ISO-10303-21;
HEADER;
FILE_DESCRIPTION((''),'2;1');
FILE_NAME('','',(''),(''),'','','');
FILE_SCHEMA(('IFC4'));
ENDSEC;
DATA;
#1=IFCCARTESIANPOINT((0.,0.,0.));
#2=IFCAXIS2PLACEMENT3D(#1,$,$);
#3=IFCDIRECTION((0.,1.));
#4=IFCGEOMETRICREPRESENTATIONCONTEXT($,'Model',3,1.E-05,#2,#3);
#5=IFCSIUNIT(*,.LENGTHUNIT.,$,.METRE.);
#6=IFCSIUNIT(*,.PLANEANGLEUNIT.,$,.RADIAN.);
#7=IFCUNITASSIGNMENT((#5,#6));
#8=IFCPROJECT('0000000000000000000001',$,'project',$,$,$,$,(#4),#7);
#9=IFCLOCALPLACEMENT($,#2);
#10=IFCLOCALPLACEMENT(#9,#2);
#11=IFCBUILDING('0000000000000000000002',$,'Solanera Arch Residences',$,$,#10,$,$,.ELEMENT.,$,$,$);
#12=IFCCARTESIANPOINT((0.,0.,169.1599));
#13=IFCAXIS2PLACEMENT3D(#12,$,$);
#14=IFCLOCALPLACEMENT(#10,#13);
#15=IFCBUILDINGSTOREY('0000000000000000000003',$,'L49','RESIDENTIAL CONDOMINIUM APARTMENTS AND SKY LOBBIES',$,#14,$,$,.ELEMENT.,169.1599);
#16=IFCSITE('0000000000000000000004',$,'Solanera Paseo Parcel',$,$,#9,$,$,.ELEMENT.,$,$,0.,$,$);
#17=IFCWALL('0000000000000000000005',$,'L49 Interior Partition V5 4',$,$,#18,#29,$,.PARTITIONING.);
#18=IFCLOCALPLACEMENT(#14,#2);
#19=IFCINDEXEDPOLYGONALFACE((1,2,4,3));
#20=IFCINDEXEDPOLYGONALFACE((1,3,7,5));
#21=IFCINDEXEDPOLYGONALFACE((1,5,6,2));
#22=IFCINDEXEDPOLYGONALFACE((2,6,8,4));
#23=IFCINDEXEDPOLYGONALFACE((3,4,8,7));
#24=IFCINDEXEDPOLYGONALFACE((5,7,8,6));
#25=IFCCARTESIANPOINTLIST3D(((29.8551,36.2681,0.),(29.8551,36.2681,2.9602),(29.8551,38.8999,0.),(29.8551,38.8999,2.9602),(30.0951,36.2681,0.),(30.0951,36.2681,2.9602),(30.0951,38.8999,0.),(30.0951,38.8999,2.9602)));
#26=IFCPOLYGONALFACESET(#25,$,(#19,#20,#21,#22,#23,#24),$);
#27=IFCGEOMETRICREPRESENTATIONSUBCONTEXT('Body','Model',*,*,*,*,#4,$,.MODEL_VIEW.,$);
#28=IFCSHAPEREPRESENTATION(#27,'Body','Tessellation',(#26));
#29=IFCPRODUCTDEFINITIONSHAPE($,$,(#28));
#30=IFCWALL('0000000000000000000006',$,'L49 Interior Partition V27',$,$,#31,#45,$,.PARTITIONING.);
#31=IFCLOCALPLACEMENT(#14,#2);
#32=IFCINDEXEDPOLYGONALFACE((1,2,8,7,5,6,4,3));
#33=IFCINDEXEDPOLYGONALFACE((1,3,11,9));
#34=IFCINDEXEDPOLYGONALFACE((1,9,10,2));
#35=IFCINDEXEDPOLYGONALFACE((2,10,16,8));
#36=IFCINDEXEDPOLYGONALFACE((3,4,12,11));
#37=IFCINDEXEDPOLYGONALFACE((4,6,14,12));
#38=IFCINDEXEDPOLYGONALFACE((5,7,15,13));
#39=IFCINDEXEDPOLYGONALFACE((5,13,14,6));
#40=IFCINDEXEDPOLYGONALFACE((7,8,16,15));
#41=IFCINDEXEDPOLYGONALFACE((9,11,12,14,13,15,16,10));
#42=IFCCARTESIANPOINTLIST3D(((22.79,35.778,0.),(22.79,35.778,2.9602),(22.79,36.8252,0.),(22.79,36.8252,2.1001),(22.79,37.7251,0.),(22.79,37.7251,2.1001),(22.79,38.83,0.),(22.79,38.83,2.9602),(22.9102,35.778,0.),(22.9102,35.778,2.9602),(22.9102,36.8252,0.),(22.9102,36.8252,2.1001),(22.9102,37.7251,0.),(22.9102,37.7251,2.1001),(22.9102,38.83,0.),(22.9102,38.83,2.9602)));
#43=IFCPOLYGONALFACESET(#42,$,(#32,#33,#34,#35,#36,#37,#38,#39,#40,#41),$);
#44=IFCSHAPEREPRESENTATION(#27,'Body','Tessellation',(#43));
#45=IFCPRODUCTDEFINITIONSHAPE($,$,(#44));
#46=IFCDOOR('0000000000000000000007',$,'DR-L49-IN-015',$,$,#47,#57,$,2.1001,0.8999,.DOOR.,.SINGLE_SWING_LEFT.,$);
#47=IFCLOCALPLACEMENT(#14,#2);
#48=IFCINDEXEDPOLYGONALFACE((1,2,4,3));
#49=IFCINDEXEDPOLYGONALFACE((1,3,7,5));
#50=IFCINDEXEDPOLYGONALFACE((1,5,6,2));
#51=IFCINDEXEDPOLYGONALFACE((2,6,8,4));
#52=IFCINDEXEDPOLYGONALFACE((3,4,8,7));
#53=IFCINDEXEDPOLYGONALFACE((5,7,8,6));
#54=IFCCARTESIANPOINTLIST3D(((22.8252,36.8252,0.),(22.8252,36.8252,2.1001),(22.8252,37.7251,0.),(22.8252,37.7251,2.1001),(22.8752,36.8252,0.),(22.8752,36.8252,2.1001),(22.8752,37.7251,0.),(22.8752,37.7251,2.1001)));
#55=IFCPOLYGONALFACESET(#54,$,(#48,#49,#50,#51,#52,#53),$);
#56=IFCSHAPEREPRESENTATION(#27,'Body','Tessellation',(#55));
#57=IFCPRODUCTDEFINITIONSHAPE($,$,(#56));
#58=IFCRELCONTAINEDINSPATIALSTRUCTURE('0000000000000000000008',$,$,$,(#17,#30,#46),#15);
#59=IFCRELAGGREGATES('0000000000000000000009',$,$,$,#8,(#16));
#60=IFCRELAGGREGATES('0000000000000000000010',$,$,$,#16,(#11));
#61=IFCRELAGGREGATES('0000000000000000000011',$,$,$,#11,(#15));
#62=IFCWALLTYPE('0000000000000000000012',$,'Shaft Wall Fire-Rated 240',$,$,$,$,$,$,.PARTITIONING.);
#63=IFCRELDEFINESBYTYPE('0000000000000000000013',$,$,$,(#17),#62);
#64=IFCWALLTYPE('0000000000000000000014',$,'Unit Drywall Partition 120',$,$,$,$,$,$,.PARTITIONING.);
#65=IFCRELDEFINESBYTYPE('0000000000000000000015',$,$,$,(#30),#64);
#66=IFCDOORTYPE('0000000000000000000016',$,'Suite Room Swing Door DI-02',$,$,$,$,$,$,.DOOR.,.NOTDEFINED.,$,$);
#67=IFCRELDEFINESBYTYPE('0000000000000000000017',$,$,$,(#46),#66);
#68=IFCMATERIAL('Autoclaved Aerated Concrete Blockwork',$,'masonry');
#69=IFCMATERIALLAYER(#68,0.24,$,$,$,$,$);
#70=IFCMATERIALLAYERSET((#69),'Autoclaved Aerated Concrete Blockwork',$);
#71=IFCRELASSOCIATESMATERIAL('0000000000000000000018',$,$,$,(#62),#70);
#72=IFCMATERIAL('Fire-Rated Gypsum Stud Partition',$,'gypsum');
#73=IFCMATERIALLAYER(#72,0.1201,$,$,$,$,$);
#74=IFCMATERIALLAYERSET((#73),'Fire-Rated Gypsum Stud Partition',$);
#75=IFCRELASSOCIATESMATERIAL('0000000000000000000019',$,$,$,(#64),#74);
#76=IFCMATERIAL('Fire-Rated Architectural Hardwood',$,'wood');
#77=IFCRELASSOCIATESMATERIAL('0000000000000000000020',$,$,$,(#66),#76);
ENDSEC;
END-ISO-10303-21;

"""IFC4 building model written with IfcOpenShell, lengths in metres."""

from ifc_helpers import new_model, si_unit, direction, frame, frame_2d, origin, place, context, subcontext, project, spatial, rectangle, extrude, material, layer, layer_set, type_object, element, fill, save


model = new_model("IFC4")

# Units and contexts
model_context = context("Model", 3, precision=1e-05, world=origin(), true_north=direction((0.0, 1.0)))
body_context = subcontext(model_context, "Body", "Model", "MODEL_VIEW")
ifc_project = project(units=[si_unit("LENGTHUNIT", "METRE"), si_unit("PLANEANGLEUNIT", "RADIAN")], contexts=[model_context])

# Site, building, storey
site_placement = place(None, origin())
site = spatial("IfcSite", under=ifc_project, at=site_placement, Name="Solanera Paseo Parcel", CompositionType="ELEMENT", RefElevation=0.0)
building_placement = place(site_placement, origin())
building = spatial("IfcBuilding", under=site, at=building_placement, Name="Solanera Arch Residences", CompositionType="ELEMENT")
storey_placement = place(building_placement, frame((0.0, 0.0, 169.1599)))
storey = spatial("IfcBuildingStorey", under=building, at=storey_placement, Name="L49", Description="RESIDENTIAL CONDOMINIUM APARTMENTS AND SKY LOBBIES", CompositionType="ELEMENT", Elevation=169.1599)

# Shared definitions
ifc_material_1 = material(Name="Autoclaved Aerated Concrete Blockwork", Category="masonry")
ifc_layer_1 = layer(ifc_material_1, 0.24)
ifc_layer_set_1 = layer_set([ifc_layer_1], Name="Autoclaved Aerated Concrete Blockwork")
wall_type_1 = type_object("IfcWallType", Name="Shaft Wall Fire-Rated 240", PredefinedType="PARTITIONING", material=ifc_layer_set_1)

# Wall
wall_1_placement = place(storey_placement, frame((29.9751, 36.2681, 0.0), z_axis=(0.0, 0.0, 1.0), x_axis=(0.0, 1.0, 0.0)))
element("IfcWall", 1, at=wall_1_placement, inside=storey, type_object=wall_type_1, Name="L49 Interior Partition V5 4", PredefinedType="PARTITIONING", context=body_context, shape_type="SweptSolid", body=[
    extrude(rectangle(XDim=2.6318, YDim=0.24, at=frame_2d((1.3159, 0.0))), origin(), (0.0, 0.0, 1.0), 2.9602),
])

# Wall, opening, door
ifc_material_2 = material(Name="Fire-Rated Gypsum Stud Partition", Category="gypsum")
ifc_layer_2 = layer(ifc_material_2, 0.1201)
ifc_layer_set_2 = layer_set([ifc_layer_2], Name="Fire-Rated Gypsum Stud Partition")
wall_type_2 = type_object("IfcWallType", Name="Unit Drywall Partition 120", PredefinedType="PARTITIONING", material=ifc_layer_set_2)
wall_2_placement = place(storey_placement, frame((22.8501, 35.7781, 0.0), z_axis=(0.0, 0.0, 1.0), x_axis=(0.0, 1.0, 0.0)))
wall_2 = element("IfcWall", 2, at=wall_2_placement, inside=storey, type_object=wall_type_2, Name="L49 Interior Partition V27", PredefinedType="PARTITIONING", context=body_context, shape_type="SweptSolid", body=[
    extrude(rectangle(XDim=3.052, YDim=0.1201, at=frame_2d((1.5259, 0.0))), origin(), (0.0, 0.0, 1.0), 2.9602),
])
opening_1_placement = place(wall_2_placement, frame((1.0471, 0.0, 0.0)))
opening_1 = element("IfcOpeningElement", 3, at=opening_1_placement, cuts=wall_2, PredefinedType="OPENING", context=body_context, shape_type="SweptSolid", body=[
    extrude(rectangle(XDim=0.8999, YDim=2.1001, at=frame_2d((0.45, 1.05))), frame((0.0, 0.0701, 0.0), z_axis=(0.0, -1.0, 0.0), x_axis=(1.0, 0.0, 0.0)), (0.0, 0.0, 1.0), 0.1401),
])
ifc_material_3 = material(Name="Fire-Rated Architectural Hardwood", Category="wood")
door_type_1 = type_object("IfcDoorType", Name="Suite Room Swing Door DI-02", OperationType="NOTDEFINED", PredefinedType="DOOR", material=ifc_material_3)
door_1_placement = place(opening_1_placement, origin())
door_1 = element("IfcDoor", 4, at=door_1_placement, inside=storey, type_object=door_type_1, Name="DR-L49-IN-015", OperationType="SINGLE_SWING_LEFT", OverallHeight=2.1001, OverallWidth=0.8999, PredefinedType="DOOR", context=body_context, shape_type="SweptSolid", body=[
    extrude(rectangle(XDim=0.8999, YDim=2.1001, at=frame_2d((0.45, 1.05))), frame((0.0, 0.0249, 0.0), z_axis=(0.0, -1.0, 0.0), x_axis=(1.0, 0.0, 0.0)), (0.0, 0.0, 1.0), 0.05),
])
fill(opening_1, door_1)

save(model, "model.ifc")
